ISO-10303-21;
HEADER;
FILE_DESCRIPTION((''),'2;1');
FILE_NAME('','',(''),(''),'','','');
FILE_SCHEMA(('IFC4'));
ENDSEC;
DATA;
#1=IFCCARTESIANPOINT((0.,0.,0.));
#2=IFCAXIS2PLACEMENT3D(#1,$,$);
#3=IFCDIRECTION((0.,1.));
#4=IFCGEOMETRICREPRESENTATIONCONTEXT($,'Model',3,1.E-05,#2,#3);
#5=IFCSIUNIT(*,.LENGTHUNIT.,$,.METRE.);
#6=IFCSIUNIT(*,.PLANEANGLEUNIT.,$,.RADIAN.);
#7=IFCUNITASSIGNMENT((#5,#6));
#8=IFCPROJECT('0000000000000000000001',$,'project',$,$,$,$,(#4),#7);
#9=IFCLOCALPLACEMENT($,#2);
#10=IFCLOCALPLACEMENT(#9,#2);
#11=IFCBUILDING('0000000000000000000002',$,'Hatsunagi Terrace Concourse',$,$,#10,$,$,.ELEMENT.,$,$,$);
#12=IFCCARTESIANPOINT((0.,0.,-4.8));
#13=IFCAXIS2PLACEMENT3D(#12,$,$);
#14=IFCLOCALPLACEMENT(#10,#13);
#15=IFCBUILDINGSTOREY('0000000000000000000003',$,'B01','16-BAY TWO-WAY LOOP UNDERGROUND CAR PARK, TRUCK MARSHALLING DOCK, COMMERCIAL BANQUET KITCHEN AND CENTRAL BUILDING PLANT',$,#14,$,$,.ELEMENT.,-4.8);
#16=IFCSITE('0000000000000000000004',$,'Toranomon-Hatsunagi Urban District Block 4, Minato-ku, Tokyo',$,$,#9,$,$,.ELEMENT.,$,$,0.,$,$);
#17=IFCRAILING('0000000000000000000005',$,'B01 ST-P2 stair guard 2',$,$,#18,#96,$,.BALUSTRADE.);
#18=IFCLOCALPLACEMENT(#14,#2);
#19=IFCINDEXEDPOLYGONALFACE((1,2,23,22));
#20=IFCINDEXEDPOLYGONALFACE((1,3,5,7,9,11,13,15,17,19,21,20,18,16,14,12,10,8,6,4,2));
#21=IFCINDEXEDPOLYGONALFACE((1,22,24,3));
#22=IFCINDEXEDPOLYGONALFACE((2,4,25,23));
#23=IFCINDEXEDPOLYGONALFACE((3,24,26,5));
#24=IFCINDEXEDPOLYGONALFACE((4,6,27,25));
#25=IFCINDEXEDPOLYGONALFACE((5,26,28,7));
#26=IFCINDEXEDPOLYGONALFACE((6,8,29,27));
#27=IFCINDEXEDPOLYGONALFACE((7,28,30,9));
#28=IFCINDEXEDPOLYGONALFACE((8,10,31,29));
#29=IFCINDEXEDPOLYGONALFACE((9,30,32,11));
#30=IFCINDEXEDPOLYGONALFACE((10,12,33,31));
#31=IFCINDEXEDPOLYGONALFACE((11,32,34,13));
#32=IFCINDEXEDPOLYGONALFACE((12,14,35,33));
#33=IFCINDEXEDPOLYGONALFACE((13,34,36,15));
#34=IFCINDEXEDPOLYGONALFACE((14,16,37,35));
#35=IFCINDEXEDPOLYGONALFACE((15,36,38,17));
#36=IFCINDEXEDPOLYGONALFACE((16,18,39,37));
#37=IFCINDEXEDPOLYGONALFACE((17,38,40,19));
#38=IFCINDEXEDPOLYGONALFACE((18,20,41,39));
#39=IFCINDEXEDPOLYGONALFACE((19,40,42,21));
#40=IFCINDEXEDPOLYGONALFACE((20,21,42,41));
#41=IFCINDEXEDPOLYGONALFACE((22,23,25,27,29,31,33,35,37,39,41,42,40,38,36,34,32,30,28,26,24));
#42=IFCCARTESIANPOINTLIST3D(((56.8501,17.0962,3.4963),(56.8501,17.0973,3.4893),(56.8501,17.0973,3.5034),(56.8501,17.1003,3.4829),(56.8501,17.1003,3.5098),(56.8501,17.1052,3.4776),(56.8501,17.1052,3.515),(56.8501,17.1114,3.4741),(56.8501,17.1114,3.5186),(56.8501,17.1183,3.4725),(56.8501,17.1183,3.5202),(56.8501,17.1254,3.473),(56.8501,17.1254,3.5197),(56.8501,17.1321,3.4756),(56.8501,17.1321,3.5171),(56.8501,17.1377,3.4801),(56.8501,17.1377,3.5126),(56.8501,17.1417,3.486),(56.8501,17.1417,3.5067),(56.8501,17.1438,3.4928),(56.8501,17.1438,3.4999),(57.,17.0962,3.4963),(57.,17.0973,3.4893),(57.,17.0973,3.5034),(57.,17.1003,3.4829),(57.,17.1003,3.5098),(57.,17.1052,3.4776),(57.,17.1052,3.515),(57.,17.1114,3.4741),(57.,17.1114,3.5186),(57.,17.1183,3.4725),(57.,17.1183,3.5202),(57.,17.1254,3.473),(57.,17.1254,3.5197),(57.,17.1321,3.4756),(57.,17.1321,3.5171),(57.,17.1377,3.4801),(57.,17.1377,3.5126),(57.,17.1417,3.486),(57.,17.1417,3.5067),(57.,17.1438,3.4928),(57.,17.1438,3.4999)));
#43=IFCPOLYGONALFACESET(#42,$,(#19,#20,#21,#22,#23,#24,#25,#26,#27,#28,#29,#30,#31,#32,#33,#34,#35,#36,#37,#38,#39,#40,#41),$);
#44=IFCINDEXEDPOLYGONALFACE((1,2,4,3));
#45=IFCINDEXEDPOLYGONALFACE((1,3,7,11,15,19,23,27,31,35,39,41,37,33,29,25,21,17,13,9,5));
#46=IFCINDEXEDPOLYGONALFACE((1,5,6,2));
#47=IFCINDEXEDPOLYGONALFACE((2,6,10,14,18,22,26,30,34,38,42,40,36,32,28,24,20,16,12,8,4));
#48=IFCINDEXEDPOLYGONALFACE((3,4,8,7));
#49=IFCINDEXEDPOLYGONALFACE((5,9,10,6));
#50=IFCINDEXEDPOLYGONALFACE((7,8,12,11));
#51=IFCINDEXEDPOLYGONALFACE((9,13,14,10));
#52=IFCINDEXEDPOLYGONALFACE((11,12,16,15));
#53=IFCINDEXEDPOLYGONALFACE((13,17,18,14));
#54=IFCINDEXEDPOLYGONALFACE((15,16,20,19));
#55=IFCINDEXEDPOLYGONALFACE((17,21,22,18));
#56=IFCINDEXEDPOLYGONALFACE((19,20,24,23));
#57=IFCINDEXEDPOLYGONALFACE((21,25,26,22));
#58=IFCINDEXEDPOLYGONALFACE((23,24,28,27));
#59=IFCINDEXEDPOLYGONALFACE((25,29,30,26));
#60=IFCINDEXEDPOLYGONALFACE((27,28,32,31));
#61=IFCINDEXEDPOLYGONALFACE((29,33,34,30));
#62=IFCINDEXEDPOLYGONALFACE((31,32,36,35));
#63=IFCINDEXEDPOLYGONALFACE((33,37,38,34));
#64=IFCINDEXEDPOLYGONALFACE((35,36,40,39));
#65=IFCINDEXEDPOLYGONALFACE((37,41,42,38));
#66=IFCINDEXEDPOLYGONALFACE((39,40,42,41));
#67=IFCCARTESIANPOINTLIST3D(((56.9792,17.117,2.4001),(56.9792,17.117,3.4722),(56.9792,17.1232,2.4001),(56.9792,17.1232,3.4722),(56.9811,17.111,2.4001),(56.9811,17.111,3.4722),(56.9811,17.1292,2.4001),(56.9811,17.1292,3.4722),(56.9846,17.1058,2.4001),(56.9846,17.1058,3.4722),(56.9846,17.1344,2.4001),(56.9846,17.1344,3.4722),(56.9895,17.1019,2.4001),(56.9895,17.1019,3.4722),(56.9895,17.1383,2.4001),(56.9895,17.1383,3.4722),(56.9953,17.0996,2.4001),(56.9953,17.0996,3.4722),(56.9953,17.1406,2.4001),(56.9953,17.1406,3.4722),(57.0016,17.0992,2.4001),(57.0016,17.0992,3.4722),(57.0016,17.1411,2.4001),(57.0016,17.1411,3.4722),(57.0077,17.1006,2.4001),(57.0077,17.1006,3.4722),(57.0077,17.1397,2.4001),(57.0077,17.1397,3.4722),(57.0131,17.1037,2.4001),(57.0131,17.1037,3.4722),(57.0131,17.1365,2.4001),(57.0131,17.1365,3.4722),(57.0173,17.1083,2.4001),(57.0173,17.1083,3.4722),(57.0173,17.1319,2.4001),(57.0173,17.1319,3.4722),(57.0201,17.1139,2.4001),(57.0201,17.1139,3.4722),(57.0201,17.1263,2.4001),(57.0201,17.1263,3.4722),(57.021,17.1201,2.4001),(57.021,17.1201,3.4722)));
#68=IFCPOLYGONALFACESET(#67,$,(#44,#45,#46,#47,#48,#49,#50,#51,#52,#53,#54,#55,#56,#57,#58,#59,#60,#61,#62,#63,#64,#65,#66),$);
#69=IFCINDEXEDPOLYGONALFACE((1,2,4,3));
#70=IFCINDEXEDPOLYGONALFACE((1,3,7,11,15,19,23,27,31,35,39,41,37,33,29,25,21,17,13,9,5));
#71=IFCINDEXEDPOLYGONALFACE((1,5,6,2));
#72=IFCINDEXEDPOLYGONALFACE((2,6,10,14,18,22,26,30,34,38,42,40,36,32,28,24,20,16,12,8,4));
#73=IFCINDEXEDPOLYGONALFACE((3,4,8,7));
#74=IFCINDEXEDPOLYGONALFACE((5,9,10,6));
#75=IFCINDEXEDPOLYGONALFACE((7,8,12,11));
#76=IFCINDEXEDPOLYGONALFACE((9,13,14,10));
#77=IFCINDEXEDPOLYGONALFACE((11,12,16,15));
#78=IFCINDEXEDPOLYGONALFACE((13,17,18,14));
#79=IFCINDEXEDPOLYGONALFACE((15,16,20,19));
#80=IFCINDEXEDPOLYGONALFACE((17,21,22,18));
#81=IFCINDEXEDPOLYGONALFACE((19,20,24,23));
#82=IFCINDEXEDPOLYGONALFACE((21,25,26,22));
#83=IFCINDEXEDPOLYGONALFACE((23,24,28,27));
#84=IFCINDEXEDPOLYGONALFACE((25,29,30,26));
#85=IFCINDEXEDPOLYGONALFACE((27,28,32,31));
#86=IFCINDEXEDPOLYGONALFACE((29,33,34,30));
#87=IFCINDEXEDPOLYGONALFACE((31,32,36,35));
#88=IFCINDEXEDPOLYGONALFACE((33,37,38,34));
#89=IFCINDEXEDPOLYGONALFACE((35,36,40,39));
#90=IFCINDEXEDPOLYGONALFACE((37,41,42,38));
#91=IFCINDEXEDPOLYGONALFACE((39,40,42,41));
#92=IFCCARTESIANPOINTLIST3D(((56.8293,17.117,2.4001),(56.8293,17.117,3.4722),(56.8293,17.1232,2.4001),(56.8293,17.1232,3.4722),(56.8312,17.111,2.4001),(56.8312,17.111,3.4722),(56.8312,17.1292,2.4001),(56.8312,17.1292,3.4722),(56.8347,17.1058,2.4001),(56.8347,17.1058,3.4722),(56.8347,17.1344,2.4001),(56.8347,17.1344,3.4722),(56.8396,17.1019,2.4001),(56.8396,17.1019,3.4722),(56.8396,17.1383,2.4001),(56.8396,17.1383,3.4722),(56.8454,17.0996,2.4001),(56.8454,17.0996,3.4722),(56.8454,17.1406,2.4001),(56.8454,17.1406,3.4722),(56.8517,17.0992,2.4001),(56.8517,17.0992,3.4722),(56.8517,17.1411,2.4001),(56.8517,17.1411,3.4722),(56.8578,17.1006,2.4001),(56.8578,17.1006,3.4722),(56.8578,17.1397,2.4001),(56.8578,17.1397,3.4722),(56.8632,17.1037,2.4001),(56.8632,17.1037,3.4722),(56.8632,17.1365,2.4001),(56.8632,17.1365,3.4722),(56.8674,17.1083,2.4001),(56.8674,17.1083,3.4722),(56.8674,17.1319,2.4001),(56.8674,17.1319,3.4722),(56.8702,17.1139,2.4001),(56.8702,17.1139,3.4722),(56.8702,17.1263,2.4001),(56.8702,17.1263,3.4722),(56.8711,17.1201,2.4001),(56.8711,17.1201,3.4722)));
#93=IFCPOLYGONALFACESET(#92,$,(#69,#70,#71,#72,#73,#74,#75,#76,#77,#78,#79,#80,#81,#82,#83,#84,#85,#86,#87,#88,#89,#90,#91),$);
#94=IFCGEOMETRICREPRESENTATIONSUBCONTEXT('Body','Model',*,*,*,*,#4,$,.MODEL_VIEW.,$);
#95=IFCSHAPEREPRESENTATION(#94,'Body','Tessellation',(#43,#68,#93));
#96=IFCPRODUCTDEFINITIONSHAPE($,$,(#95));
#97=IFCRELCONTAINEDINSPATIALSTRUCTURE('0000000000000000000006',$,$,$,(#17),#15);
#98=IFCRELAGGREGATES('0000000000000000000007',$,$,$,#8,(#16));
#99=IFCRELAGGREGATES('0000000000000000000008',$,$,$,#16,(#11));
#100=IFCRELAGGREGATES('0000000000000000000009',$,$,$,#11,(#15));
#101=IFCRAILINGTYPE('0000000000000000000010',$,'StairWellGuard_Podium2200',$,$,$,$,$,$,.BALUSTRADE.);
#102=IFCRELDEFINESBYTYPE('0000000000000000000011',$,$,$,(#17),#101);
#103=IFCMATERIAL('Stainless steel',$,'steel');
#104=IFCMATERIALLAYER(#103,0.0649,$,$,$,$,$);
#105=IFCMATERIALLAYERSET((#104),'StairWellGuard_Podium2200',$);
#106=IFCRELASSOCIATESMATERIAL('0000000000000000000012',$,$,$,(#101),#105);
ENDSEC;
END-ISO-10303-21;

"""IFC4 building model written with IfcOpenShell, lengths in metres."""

from ifc_helpers import new_model, si_unit, direction, frame, origin, origin_2d, place, context, subcontext, project, spatial, circle, extrude, material, layer, layer_set, type_object, element, save


model = new_model("IFC4")

# Units and contexts
model_context = context("Model", 3, precision=1e-05, world=origin(), true_north=direction((0.0, 1.0)))
body_context = subcontext(model_context, "Body", "Model", "MODEL_VIEW")
ifc_project = project(units=[si_unit("LENGTHUNIT", "METRE"), si_unit("PLANEANGLEUNIT", "RADIAN")], contexts=[model_context])

# Site, building, storey
site_placement = place(None, origin())
site = spatial("IfcSite", under=ifc_project, at=site_placement, Name="Toranomon-Hatsunagi Urban District Block 4, Minato-ku, Tokyo", CompositionType="ELEMENT", RefElevation=0.0)
building_placement = place(site_placement, origin())
building = spatial("IfcBuilding", under=site, at=building_placement, Name="Hatsunagi Terrace Concourse", CompositionType="ELEMENT")
storey_placement = place(building_placement, frame((0.0, 0.0, -4.8)))
storey = spatial("IfcBuildingStorey", under=building, at=storey_placement, Name="B01", Description="16-BAY TWO-WAY LOOP UNDERGROUND CAR PARK, TRUCK MARSHALLING DOCK, COMMERCIAL BANQUET KITCHEN AND CENTRAL BUILDING PLANT", CompositionType="ELEMENT", Elevation=-4.8)

# Railing
ifc_material_1 = material(Name="Stainless steel", Category="steel")
ifc_layer_1 = layer(ifc_material_1, 0.0649)
ifc_layer_set_1 = layer_set([ifc_layer_1], Name="StairWellGuard_Podium2200")
railing_type = type_object("IfcRailingType", Name="StairWellGuard_Podium2200", PredefinedType="BALUSTRADE", material=ifc_layer_set_1)
railing_1_placement = place(storey_placement, frame((57.0, 17.1201, 2.4001)))
element("IfcRailing", 1, at=railing_1_placement, inside=storey, type_object=railing_type, Name="B01 ST-P2 stair guard 2", PredefinedType="BALUSTRADE", context=body_context, shape_type="SweptSolid", body=[
    extrude(circle(Radius=0.0239, at=origin_2d()), frame((0.0, 0.0, 1.0962), z_axis=(-1.0, 0.0, 0.0), x_axis=(0.0, -1.0, 0.0)), (0.0, 0.0, 1.0), 0.1499),
    extrude(circle(Radius=0.021, at=origin_2d()), origin(), (0.0, 0.0, 1.0), 1.072),
    extrude(circle(Radius=0.021, at=origin_2d()), frame((-0.1499, 0.0, 0.0)), (0.0, 0.0, 1.0), 1.072),
])

save(model, "model.ifc")
